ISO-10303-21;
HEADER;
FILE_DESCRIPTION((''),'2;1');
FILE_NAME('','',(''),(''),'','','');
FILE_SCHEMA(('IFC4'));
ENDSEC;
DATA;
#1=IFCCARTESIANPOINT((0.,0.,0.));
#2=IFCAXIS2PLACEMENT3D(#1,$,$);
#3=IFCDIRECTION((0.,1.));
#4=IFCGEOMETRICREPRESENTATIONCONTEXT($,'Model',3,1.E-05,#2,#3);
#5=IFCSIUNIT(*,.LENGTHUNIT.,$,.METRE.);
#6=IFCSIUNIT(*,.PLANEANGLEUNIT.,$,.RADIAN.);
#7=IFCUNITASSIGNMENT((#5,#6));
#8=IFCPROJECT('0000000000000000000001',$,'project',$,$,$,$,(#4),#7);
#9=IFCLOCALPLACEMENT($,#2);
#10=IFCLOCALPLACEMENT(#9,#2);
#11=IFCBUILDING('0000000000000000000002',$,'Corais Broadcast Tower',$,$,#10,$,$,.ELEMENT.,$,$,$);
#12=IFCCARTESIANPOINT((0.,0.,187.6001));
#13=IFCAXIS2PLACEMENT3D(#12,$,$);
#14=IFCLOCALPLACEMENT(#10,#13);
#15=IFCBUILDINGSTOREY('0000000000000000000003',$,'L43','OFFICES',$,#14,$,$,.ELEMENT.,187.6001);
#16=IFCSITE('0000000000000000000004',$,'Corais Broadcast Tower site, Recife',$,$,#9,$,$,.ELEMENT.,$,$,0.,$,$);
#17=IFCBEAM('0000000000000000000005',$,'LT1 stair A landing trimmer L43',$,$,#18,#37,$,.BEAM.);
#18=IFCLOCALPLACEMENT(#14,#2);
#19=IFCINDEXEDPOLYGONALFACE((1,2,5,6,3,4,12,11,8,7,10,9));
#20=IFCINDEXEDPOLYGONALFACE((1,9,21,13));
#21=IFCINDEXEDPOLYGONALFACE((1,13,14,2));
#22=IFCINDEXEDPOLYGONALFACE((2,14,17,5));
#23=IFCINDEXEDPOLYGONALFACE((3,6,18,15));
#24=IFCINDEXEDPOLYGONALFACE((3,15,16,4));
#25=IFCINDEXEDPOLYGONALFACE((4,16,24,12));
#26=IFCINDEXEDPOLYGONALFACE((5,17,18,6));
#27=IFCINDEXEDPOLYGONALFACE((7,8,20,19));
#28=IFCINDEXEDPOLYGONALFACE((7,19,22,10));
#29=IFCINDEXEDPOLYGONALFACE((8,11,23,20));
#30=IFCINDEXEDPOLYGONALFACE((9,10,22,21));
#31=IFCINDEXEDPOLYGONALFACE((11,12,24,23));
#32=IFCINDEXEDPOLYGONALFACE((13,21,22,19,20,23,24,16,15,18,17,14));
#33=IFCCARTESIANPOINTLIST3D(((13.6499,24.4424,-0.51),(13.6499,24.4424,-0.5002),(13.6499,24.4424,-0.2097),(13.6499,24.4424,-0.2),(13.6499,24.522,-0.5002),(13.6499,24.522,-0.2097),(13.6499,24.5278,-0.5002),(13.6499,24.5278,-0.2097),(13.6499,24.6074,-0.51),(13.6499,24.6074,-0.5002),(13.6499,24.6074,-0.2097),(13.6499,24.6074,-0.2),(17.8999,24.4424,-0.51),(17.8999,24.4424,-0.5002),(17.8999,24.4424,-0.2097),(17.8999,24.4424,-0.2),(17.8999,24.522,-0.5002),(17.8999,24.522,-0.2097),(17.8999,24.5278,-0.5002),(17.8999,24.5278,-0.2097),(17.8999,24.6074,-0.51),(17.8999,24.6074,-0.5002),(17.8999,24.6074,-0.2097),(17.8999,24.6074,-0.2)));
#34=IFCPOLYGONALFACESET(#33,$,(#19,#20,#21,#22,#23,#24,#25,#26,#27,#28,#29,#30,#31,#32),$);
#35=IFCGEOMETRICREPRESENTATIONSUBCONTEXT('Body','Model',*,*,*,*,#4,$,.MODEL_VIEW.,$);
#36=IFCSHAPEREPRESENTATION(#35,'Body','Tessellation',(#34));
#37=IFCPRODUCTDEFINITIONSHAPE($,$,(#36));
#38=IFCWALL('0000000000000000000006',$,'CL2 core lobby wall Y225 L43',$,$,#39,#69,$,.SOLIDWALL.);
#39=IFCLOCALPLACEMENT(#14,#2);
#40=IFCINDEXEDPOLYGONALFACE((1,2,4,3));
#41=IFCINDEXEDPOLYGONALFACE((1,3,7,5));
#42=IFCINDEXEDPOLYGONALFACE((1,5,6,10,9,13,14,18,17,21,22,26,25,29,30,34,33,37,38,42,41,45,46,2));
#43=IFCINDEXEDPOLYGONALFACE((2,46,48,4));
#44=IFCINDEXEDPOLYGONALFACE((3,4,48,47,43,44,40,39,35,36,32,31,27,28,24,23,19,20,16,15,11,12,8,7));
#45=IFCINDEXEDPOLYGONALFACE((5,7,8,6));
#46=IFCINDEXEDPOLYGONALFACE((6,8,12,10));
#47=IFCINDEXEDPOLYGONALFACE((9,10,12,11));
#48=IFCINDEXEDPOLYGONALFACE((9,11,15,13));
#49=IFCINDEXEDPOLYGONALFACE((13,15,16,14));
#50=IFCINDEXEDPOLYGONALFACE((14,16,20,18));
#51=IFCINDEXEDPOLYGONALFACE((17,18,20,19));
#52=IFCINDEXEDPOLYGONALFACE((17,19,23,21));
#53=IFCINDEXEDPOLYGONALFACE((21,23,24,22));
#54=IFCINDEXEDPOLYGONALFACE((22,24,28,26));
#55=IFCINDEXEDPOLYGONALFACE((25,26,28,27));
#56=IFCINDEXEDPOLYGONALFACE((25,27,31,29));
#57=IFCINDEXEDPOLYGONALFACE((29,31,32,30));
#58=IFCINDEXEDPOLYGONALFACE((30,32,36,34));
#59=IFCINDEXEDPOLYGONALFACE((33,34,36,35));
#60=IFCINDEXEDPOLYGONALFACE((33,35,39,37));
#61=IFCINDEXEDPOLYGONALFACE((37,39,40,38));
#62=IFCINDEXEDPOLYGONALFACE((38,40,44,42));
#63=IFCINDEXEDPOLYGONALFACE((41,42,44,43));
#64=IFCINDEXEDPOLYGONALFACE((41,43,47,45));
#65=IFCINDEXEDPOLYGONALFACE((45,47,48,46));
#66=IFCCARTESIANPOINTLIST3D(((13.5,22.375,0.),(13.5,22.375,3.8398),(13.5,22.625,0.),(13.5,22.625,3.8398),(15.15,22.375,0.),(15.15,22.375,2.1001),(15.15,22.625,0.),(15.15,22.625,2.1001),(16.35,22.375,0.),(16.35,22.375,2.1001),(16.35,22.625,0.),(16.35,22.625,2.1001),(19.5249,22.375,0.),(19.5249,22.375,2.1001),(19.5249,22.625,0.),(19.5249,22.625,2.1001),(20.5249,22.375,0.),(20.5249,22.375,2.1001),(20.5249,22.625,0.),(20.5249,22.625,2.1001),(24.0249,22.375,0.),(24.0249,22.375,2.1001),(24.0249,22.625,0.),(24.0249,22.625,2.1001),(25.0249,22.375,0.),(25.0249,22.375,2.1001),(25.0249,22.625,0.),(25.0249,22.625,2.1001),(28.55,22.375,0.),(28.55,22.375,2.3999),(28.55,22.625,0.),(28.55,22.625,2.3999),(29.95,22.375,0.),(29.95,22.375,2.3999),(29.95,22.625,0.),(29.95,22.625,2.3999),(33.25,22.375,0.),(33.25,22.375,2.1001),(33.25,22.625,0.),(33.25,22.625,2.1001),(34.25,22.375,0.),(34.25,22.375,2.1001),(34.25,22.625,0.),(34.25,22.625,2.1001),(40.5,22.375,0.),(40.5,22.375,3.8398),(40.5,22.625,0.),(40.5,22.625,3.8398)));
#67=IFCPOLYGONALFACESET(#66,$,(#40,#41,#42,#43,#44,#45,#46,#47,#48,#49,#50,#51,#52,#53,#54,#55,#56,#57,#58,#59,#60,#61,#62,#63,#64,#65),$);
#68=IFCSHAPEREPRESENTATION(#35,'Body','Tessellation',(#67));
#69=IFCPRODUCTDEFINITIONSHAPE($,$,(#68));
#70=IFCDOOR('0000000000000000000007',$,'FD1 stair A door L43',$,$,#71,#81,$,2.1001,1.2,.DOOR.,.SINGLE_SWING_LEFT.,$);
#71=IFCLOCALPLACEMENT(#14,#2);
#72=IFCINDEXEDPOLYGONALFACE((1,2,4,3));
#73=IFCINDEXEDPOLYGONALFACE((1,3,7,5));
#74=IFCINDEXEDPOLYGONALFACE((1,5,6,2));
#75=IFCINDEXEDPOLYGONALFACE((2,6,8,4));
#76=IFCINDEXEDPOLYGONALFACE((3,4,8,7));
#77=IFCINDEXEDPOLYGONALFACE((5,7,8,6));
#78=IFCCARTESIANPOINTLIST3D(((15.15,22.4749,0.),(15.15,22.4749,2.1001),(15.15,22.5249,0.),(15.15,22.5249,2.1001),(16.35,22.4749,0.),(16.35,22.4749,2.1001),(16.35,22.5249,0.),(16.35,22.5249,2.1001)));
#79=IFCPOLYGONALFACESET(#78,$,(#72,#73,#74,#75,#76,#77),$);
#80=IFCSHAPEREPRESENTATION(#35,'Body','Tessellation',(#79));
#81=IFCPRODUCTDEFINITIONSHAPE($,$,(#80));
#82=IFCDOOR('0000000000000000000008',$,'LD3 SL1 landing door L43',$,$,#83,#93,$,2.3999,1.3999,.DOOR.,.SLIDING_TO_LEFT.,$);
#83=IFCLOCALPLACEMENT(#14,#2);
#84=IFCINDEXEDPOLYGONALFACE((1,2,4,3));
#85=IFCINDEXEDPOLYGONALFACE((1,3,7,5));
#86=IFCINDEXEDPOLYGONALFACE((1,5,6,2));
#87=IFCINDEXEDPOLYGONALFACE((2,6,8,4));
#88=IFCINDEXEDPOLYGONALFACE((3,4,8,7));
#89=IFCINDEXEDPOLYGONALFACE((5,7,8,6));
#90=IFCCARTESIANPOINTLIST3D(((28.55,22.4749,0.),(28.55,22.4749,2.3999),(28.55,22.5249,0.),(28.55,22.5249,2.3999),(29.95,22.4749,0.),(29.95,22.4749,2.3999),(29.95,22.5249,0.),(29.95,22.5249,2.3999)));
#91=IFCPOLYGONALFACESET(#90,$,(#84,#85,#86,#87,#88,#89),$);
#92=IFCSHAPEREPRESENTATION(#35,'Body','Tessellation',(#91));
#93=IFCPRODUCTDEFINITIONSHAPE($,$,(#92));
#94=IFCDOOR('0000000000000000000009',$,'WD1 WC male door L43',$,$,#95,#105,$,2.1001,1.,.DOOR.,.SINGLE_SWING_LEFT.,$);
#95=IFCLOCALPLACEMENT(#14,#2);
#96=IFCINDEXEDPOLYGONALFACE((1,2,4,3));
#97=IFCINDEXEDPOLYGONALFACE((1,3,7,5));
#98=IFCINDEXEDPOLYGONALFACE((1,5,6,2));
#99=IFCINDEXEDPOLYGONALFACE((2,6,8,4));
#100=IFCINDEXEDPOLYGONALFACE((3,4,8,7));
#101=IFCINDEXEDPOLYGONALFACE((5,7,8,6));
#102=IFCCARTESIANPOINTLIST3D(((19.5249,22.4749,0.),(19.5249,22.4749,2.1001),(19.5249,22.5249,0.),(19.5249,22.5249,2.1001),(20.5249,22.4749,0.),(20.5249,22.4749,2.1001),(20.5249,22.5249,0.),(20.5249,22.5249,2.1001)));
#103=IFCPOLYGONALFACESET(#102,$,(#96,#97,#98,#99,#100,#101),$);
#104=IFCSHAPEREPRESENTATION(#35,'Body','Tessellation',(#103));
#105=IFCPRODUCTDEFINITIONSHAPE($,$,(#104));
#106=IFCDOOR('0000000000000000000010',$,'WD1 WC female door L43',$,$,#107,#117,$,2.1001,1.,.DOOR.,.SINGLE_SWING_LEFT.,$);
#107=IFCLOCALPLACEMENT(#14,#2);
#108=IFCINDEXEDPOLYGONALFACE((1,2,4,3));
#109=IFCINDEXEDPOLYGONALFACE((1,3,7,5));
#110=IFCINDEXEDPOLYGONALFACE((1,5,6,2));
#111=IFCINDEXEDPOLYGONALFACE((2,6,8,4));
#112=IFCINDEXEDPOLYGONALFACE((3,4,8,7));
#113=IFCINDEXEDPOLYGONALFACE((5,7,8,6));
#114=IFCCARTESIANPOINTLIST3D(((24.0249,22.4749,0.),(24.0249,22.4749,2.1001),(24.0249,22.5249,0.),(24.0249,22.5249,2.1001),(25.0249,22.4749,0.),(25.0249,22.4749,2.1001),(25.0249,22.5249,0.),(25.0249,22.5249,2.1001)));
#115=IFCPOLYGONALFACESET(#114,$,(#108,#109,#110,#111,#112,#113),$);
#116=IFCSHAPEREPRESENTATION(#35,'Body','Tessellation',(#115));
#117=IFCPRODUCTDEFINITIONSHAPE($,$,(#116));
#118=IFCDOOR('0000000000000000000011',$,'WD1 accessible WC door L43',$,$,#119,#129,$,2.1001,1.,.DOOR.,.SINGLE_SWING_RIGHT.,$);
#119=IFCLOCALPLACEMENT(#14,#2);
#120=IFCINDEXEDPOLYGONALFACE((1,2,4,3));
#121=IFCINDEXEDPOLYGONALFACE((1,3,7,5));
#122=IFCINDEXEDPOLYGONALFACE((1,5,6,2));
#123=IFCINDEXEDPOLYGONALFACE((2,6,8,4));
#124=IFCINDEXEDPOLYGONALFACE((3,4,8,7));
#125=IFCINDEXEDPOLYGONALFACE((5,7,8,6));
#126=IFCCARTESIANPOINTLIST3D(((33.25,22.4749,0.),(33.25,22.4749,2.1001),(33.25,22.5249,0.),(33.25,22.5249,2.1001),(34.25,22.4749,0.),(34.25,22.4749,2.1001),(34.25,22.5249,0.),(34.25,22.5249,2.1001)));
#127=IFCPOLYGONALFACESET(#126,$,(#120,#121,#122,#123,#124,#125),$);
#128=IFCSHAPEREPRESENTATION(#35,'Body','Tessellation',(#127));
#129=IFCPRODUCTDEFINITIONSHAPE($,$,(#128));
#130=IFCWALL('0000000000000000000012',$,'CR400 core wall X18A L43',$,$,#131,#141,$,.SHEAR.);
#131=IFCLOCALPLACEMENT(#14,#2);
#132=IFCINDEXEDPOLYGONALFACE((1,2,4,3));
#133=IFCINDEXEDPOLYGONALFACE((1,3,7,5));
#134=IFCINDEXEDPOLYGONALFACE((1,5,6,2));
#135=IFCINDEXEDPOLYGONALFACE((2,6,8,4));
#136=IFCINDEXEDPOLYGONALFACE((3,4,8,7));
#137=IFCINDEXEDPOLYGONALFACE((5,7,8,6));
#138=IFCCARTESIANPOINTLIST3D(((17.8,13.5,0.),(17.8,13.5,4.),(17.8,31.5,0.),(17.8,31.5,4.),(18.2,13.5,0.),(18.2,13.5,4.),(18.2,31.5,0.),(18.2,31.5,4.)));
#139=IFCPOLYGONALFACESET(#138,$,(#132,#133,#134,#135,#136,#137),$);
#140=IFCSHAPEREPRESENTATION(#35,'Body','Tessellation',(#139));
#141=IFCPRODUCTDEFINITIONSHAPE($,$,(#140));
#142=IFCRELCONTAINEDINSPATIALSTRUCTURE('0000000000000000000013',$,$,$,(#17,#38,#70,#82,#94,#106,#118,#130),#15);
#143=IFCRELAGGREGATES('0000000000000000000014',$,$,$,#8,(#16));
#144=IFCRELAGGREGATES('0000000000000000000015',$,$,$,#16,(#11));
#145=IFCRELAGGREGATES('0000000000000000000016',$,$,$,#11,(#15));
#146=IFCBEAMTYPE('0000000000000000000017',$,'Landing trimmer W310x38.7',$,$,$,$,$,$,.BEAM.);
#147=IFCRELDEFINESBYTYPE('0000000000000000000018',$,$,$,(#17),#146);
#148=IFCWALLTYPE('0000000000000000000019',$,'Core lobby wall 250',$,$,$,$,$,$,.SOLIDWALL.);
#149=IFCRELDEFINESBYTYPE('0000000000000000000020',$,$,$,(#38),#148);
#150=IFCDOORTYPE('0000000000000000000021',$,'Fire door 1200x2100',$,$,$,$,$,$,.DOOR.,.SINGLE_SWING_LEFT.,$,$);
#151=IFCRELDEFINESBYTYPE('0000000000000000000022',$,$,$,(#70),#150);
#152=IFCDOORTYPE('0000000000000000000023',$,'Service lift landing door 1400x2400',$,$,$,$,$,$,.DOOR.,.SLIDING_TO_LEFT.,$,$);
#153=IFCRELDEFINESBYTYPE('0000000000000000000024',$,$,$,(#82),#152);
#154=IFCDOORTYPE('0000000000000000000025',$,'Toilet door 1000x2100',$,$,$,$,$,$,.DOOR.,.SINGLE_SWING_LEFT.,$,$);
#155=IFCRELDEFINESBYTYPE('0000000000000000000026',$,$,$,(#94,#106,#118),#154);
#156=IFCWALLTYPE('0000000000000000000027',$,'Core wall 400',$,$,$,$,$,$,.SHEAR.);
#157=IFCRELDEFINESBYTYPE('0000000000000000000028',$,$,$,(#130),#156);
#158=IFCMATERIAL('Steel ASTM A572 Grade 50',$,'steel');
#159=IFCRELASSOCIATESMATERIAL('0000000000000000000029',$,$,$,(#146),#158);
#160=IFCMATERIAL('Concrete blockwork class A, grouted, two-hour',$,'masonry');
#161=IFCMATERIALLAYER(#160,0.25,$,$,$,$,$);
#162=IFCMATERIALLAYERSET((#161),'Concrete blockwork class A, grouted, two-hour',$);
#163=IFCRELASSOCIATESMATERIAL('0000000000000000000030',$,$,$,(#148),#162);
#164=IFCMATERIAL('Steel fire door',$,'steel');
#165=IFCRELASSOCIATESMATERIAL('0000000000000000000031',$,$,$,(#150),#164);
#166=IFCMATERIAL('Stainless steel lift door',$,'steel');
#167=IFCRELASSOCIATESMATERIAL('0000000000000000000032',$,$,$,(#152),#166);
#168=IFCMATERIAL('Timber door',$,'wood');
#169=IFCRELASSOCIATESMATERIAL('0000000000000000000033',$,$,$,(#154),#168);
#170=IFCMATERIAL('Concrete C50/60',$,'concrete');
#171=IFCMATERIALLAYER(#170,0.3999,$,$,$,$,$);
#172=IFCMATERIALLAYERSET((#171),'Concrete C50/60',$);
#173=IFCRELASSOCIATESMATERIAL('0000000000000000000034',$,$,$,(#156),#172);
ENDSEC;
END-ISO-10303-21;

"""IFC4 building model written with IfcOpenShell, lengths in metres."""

from ifc_helpers import new_model, si_unit, direction, frame, frame_2d, origin, origin_2d, place, context, subcontext, project, spatial, rectangle, i_section, extrude, material, layer, layer_set, material_profile, profile_set, type_object, element, fill, save


model = new_model("IFC4")

# Units and contexts
model_context = context("Model", 3, precision=1e-05, world=origin(), true_north=direction((0.0, 1.0)))
body_context = subcontext(model_context, "Body", "Model", "MODEL_VIEW")
ifc_project = project(units=[si_unit("LENGTHUNIT", "METRE"), si_unit("PLANEANGLEUNIT", "RADIAN")], contexts=[model_context])

# Site, building, storey
site_placement = place(None, origin())
site = spatial("IfcSite", under=ifc_project, at=site_placement, Name="Corais Broadcast Tower site, Recife", CompositionType="ELEMENT", RefElevation=0.0)
building_placement = place(site_placement, origin())
building = spatial("IfcBuilding", under=site, at=building_placement, Name="Corais Broadcast Tower", CompositionType="ELEMENT")
storey_placement = place(building_placement, frame((0.0, 0.0, 187.6001)))
storey = spatial("IfcBuildingStorey", under=building, at=storey_placement, Name="L43", Description="OFFICES", CompositionType="ELEMENT", Elevation=187.6001)

# Beam
ifc_material_1 = material(Name="Steel ASTM A572 Grade 50", Category="steel")
ifc_material_profile = material_profile(ifc_material_1, i_section(OverallWidth=0.165, OverallDepth=0.3101, WebThickness=0.0059, FlangeThickness=0.0098, at=origin_2d()), Name="W310x38.7")
ifc_profile_set = profile_set([ifc_material_profile], Name="Steel ASTM A572 Grade 50")
beam_type = type_object("IfcBeamType", Name="Landing trimmer W310x38.7", PredefinedType="BEAM", material=ifc_profile_set)
beam_placement = place(storey_placement, frame((13.6499, 24.5249, -0.355), z_axis=(1.0, 0.0, 0.0), x_axis=(0.0, 1.0, 0.0)))
element("IfcBeam", 1, at=beam_placement, inside=storey, type_object=beam_type, Name="LT1 stair A landing trimmer L43", PredefinedType="BEAM", context=body_context, shape_type="SweptSolid", body=[
    extrude(i_section(OverallWidth=0.165, OverallDepth=0.3101, WebThickness=0.0059, FlangeThickness=0.0098, at=origin_2d()), origin(), (0.0, 0.0, 1.0), 4.25),
])

# Wall, openings, doors
ifc_material_2 = material(Name="Concrete blockwork class A, grouted, two-hour", Category="masonry")
ifc_layer_1 = layer(ifc_material_2, 0.25)
ifc_layer_set_1 = layer_set([ifc_layer_1], Name="Concrete blockwork class A, grouted, two-hour")
wall_type_1 = type_object("IfcWallType", Name="Core lobby wall 250", PredefinedType="SOLIDWALL", material=ifc_layer_set_1)
wall_1_placement = place(storey_placement, frame((13.5, 22.5, 0.0), z_axis=(0.0, 0.0, 1.0), x_axis=(1.0, 0.0, 0.0)))
wall_1 = element("IfcWall", 2, at=wall_1_placement, inside=storey, type_object=wall_type_1, Name="CL2 core lobby wall Y225 L43", PredefinedType="SOLIDWALL", context=body_context, shape_type="SweptSolid", body=[
    extrude(rectangle(XDim=27.0, YDim=0.25, at=frame_2d((13.5, 0.0))), origin(), (0.0, 0.0, 1.0), 3.8398),
])
opening_1_placement = place(wall_1_placement, frame((1.6499, 0.0, 0.0)))
opening_1 = element("IfcOpeningElement", 3, at=opening_1_placement, cuts=wall_1, PredefinedType="OPENING", context=body_context, shape_type="SweptSolid", body=[
    extrude(rectangle(XDim=1.2, YDim=2.1001, at=frame_2d((0.6001, 1.05))), frame((0.0, 0.135, 0.0), z_axis=(0.0, -1.0, 0.0), x_axis=(1.0, 0.0, 0.0)), (0.0, 0.0, 1.0), 0.27),
])
opening_2_placement = place(wall_1_placement, frame((6.0249, 0.0, 0.0)))
opening_2 = element("IfcOpeningElement", 4, at=opening_2_placement, cuts=wall_1, PredefinedType="OPENING", context=body_context, shape_type="SweptSolid", body=[
    extrude(rectangle(XDim=1.0, YDim=2.1001, at=frame_2d((0.5, 1.05))), frame((0.0, 0.135, 0.0), z_axis=(0.0, -1.0, 0.0), x_axis=(1.0, 0.0, 0.0)), (0.0, 0.0, 1.0), 0.27),
])
opening_3_placement = place(wall_1_placement, frame((10.5249, 0.0, 0.0)))
opening_3 = element("IfcOpeningElement", 5, at=opening_3_placement, cuts=wall_1, PredefinedType="OPENING", context=body_context, shape_type="SweptSolid", body=[
    extrude(rectangle(XDim=1.0, YDim=2.1001, at=frame_2d((0.5, 1.05))), frame((0.0, 0.135, 0.0), z_axis=(0.0, -1.0, 0.0), x_axis=(1.0, 0.0, 0.0)), (0.0, 0.0, 1.0), 0.27),
])
opening_4_placement = place(wall_1_placement, frame((19.75, 0.0, 0.0)))
opening_4 = element("IfcOpeningElement", 6, at=opening_4_placement, cuts=wall_1, PredefinedType="OPENING", context=body_context, shape_type="SweptSolid", body=[
    extrude(rectangle(XDim=1.0, YDim=2.1001, at=frame_2d((0.5, 1.05))), frame((0.0, 0.135, 0.0), z_axis=(0.0, -1.0, 0.0), x_axis=(1.0, 0.0, 0.0)), (0.0, 0.0, 1.0), 0.27),
])
opening_5_placement = place(wall_1_placement, frame((15.05, 0.0, 0.0)))
opening_5 = element("IfcOpeningElement", 7, at=opening_5_placement, cuts=wall_1, PredefinedType="OPENING", context=body_context, shape_type="SweptSolid", body=[
    extrude(rectangle(XDim=1.3999, YDim=2.3999, at=frame_2d((0.7, 1.2))), frame((0.0, 0.135, 0.0), z_axis=(0.0, -1.0, 0.0), x_axis=(1.0, 0.0, 0.0)), (0.0, 0.0, 1.0), 0.27),
])
ifc_material_3 = material(Name="Steel fire door", Category="steel")
door_type_1 = type_object("IfcDoorType", Name="Fire door 1200x2100", OperationType="SINGLE_SWING_LEFT", PredefinedType="DOOR", material=ifc_material_3)
door_1_placement = place(opening_1_placement, origin())
door_1 = element("IfcDoor", 8, at=door_1_placement, inside=storey, type_object=door_type_1, Name="FD1 stair A door L43", OperationType="SINGLE_SWING_LEFT", OverallHeight=2.1001, OverallWidth=1.2, PredefinedType="DOOR", context=body_context, shape_type="SweptSolid", body=[
    extrude(rectangle(XDim=1.2, YDim=2.1001, at=frame_2d((0.6001, 1.05))), frame((0.0, 0.0249, 0.0), z_axis=(0.0, -1.0, 0.0), x_axis=(1.0, 0.0, 0.0)), (0.0, 0.0, 1.0), 0.05),
])
fill(opening_1, door_1)
ifc_material_4 = material(Name="Stainless steel lift door", Category="steel")
door_type_2 = type_object("IfcDoorType", Name="Service lift landing door 1400x2400", OperationType="SLIDING_TO_LEFT", PredefinedType="DOOR", material=ifc_material_4)
door_2_placement = place(opening_5_placement, origin())
door_2 = element("IfcDoor", 9, at=door_2_placement, inside=storey, type_object=door_type_2, Name="LD3 SL1 landing door L43", OperationType="SLIDING_TO_LEFT", OverallHeight=2.3999, OverallWidth=1.3999, PredefinedType="DOOR", context=body_context, shape_type="SweptSolid", body=[
    extrude(rectangle(XDim=1.3999, YDim=2.3999, at=frame_2d((0.7, 1.2))), frame((0.0, 0.0249, 0.0), z_axis=(0.0, -1.0, 0.0), x_axis=(1.0, 0.0, 0.0)), (0.0, 0.0, 1.0), 0.05),
])
fill(opening_5, door_2)
ifc_material_5 = material(Name="Timber door", Category="wood")
door_type_3 = type_object("IfcDoorType", Name="Toilet door 1000x2100", OperationType="SINGLE_SWING_LEFT", PredefinedType="DOOR", material=ifc_material_5)
door_3_placement = place(opening_2_placement, origin())
door_3 = element("IfcDoor", 10, at=door_3_placement, inside=storey, type_object=door_type_3, Name="WD1 WC male door L43", OperationType="SINGLE_SWING_LEFT", OverallHeight=2.1001, OverallWidth=1.0, PredefinedType="DOOR", context=body_context, shape_type="SweptSolid", body=[
    extrude(rectangle(XDim=1.0, YDim=2.1001, at=frame_2d((0.5, 1.05))), frame((0.0, 0.0249, 0.0), z_axis=(0.0, -1.0, 0.0), x_axis=(1.0, 0.0, 0.0)), (0.0, 0.0, 1.0), 0.05),
])
fill(opening_2, door_3)
door_4_placement = place(opening_3_placement, origin())
door_4 = element("IfcDoor", 11, at=door_4_placement, inside=storey, type_object=door_type_3, Name="WD1 WC female door L43", OperationType="SINGLE_SWING_LEFT", OverallHeight=2.1001, OverallWidth=1.0, PredefinedType="DOOR", context=body_context, shape_type="SweptSolid", body=[
    extrude(rectangle(XDim=1.0, YDim=2.1001, at=frame_2d((0.5, 1.05))), frame((0.0, 0.0249, 0.0), z_axis=(0.0, -1.0, 0.0), x_axis=(1.0, 0.0, 0.0)), (0.0, 0.0, 1.0), 0.05),
])
fill(opening_3, door_4)
door_5_placement = place(opening_4_placement, origin())
door_5 = element("IfcDoor", 12, at=door_5_placement, inside=storey, type_object=door_type_3, Name="WD1 accessible WC door L43", OperationType="SINGLE_SWING_RIGHT", OverallHeight=2.1001, OverallWidth=1.0, PredefinedType="DOOR", context=body_context, shape_type="SweptSolid", body=[
    extrude(rectangle(XDim=1.0, YDim=2.1001, at=frame_2d((0.5, 1.05))), frame((0.0, 0.0249, 0.0), z_axis=(0.0, -1.0, 0.0), x_axis=(1.0, 0.0, 0.0)), (0.0, 0.0, 1.0), 0.05),
])
fill(opening_4, door_5)

# Wall
ifc_material_6 = material(Name="Concrete C50/60", Category="concrete")
ifc_layer_2 = layer(ifc_material_6, 0.3999)
ifc_layer_set_2 = layer_set([ifc_layer_2], Name="Concrete C50/60")
wall_type_2 = type_object("IfcWallType", Name="Core wall 400", PredefinedType="SHEAR", material=ifc_layer_set_2)
wall_2_placement = place(storey_placement, frame((18.0, 13.5, 0.0), z_axis=(0.0, 0.0, 1.0), x_axis=(0.0, 1.0, 0.0)))
element("IfcWall", 13, at=wall_2_placement, inside=storey, type_object=wall_type_2, Name="CR400 core wall X18A L43", PredefinedType="SHEAR", context=body_context, shape_type="SweptSolid", body=[
    extrude(rectangle(XDim=18.0, YDim=0.3999, at=frame_2d((9.0, 0.0))), origin(), (0.0, 0.0, 1.0), 4.0),
])

save(model, "model.ifc")
